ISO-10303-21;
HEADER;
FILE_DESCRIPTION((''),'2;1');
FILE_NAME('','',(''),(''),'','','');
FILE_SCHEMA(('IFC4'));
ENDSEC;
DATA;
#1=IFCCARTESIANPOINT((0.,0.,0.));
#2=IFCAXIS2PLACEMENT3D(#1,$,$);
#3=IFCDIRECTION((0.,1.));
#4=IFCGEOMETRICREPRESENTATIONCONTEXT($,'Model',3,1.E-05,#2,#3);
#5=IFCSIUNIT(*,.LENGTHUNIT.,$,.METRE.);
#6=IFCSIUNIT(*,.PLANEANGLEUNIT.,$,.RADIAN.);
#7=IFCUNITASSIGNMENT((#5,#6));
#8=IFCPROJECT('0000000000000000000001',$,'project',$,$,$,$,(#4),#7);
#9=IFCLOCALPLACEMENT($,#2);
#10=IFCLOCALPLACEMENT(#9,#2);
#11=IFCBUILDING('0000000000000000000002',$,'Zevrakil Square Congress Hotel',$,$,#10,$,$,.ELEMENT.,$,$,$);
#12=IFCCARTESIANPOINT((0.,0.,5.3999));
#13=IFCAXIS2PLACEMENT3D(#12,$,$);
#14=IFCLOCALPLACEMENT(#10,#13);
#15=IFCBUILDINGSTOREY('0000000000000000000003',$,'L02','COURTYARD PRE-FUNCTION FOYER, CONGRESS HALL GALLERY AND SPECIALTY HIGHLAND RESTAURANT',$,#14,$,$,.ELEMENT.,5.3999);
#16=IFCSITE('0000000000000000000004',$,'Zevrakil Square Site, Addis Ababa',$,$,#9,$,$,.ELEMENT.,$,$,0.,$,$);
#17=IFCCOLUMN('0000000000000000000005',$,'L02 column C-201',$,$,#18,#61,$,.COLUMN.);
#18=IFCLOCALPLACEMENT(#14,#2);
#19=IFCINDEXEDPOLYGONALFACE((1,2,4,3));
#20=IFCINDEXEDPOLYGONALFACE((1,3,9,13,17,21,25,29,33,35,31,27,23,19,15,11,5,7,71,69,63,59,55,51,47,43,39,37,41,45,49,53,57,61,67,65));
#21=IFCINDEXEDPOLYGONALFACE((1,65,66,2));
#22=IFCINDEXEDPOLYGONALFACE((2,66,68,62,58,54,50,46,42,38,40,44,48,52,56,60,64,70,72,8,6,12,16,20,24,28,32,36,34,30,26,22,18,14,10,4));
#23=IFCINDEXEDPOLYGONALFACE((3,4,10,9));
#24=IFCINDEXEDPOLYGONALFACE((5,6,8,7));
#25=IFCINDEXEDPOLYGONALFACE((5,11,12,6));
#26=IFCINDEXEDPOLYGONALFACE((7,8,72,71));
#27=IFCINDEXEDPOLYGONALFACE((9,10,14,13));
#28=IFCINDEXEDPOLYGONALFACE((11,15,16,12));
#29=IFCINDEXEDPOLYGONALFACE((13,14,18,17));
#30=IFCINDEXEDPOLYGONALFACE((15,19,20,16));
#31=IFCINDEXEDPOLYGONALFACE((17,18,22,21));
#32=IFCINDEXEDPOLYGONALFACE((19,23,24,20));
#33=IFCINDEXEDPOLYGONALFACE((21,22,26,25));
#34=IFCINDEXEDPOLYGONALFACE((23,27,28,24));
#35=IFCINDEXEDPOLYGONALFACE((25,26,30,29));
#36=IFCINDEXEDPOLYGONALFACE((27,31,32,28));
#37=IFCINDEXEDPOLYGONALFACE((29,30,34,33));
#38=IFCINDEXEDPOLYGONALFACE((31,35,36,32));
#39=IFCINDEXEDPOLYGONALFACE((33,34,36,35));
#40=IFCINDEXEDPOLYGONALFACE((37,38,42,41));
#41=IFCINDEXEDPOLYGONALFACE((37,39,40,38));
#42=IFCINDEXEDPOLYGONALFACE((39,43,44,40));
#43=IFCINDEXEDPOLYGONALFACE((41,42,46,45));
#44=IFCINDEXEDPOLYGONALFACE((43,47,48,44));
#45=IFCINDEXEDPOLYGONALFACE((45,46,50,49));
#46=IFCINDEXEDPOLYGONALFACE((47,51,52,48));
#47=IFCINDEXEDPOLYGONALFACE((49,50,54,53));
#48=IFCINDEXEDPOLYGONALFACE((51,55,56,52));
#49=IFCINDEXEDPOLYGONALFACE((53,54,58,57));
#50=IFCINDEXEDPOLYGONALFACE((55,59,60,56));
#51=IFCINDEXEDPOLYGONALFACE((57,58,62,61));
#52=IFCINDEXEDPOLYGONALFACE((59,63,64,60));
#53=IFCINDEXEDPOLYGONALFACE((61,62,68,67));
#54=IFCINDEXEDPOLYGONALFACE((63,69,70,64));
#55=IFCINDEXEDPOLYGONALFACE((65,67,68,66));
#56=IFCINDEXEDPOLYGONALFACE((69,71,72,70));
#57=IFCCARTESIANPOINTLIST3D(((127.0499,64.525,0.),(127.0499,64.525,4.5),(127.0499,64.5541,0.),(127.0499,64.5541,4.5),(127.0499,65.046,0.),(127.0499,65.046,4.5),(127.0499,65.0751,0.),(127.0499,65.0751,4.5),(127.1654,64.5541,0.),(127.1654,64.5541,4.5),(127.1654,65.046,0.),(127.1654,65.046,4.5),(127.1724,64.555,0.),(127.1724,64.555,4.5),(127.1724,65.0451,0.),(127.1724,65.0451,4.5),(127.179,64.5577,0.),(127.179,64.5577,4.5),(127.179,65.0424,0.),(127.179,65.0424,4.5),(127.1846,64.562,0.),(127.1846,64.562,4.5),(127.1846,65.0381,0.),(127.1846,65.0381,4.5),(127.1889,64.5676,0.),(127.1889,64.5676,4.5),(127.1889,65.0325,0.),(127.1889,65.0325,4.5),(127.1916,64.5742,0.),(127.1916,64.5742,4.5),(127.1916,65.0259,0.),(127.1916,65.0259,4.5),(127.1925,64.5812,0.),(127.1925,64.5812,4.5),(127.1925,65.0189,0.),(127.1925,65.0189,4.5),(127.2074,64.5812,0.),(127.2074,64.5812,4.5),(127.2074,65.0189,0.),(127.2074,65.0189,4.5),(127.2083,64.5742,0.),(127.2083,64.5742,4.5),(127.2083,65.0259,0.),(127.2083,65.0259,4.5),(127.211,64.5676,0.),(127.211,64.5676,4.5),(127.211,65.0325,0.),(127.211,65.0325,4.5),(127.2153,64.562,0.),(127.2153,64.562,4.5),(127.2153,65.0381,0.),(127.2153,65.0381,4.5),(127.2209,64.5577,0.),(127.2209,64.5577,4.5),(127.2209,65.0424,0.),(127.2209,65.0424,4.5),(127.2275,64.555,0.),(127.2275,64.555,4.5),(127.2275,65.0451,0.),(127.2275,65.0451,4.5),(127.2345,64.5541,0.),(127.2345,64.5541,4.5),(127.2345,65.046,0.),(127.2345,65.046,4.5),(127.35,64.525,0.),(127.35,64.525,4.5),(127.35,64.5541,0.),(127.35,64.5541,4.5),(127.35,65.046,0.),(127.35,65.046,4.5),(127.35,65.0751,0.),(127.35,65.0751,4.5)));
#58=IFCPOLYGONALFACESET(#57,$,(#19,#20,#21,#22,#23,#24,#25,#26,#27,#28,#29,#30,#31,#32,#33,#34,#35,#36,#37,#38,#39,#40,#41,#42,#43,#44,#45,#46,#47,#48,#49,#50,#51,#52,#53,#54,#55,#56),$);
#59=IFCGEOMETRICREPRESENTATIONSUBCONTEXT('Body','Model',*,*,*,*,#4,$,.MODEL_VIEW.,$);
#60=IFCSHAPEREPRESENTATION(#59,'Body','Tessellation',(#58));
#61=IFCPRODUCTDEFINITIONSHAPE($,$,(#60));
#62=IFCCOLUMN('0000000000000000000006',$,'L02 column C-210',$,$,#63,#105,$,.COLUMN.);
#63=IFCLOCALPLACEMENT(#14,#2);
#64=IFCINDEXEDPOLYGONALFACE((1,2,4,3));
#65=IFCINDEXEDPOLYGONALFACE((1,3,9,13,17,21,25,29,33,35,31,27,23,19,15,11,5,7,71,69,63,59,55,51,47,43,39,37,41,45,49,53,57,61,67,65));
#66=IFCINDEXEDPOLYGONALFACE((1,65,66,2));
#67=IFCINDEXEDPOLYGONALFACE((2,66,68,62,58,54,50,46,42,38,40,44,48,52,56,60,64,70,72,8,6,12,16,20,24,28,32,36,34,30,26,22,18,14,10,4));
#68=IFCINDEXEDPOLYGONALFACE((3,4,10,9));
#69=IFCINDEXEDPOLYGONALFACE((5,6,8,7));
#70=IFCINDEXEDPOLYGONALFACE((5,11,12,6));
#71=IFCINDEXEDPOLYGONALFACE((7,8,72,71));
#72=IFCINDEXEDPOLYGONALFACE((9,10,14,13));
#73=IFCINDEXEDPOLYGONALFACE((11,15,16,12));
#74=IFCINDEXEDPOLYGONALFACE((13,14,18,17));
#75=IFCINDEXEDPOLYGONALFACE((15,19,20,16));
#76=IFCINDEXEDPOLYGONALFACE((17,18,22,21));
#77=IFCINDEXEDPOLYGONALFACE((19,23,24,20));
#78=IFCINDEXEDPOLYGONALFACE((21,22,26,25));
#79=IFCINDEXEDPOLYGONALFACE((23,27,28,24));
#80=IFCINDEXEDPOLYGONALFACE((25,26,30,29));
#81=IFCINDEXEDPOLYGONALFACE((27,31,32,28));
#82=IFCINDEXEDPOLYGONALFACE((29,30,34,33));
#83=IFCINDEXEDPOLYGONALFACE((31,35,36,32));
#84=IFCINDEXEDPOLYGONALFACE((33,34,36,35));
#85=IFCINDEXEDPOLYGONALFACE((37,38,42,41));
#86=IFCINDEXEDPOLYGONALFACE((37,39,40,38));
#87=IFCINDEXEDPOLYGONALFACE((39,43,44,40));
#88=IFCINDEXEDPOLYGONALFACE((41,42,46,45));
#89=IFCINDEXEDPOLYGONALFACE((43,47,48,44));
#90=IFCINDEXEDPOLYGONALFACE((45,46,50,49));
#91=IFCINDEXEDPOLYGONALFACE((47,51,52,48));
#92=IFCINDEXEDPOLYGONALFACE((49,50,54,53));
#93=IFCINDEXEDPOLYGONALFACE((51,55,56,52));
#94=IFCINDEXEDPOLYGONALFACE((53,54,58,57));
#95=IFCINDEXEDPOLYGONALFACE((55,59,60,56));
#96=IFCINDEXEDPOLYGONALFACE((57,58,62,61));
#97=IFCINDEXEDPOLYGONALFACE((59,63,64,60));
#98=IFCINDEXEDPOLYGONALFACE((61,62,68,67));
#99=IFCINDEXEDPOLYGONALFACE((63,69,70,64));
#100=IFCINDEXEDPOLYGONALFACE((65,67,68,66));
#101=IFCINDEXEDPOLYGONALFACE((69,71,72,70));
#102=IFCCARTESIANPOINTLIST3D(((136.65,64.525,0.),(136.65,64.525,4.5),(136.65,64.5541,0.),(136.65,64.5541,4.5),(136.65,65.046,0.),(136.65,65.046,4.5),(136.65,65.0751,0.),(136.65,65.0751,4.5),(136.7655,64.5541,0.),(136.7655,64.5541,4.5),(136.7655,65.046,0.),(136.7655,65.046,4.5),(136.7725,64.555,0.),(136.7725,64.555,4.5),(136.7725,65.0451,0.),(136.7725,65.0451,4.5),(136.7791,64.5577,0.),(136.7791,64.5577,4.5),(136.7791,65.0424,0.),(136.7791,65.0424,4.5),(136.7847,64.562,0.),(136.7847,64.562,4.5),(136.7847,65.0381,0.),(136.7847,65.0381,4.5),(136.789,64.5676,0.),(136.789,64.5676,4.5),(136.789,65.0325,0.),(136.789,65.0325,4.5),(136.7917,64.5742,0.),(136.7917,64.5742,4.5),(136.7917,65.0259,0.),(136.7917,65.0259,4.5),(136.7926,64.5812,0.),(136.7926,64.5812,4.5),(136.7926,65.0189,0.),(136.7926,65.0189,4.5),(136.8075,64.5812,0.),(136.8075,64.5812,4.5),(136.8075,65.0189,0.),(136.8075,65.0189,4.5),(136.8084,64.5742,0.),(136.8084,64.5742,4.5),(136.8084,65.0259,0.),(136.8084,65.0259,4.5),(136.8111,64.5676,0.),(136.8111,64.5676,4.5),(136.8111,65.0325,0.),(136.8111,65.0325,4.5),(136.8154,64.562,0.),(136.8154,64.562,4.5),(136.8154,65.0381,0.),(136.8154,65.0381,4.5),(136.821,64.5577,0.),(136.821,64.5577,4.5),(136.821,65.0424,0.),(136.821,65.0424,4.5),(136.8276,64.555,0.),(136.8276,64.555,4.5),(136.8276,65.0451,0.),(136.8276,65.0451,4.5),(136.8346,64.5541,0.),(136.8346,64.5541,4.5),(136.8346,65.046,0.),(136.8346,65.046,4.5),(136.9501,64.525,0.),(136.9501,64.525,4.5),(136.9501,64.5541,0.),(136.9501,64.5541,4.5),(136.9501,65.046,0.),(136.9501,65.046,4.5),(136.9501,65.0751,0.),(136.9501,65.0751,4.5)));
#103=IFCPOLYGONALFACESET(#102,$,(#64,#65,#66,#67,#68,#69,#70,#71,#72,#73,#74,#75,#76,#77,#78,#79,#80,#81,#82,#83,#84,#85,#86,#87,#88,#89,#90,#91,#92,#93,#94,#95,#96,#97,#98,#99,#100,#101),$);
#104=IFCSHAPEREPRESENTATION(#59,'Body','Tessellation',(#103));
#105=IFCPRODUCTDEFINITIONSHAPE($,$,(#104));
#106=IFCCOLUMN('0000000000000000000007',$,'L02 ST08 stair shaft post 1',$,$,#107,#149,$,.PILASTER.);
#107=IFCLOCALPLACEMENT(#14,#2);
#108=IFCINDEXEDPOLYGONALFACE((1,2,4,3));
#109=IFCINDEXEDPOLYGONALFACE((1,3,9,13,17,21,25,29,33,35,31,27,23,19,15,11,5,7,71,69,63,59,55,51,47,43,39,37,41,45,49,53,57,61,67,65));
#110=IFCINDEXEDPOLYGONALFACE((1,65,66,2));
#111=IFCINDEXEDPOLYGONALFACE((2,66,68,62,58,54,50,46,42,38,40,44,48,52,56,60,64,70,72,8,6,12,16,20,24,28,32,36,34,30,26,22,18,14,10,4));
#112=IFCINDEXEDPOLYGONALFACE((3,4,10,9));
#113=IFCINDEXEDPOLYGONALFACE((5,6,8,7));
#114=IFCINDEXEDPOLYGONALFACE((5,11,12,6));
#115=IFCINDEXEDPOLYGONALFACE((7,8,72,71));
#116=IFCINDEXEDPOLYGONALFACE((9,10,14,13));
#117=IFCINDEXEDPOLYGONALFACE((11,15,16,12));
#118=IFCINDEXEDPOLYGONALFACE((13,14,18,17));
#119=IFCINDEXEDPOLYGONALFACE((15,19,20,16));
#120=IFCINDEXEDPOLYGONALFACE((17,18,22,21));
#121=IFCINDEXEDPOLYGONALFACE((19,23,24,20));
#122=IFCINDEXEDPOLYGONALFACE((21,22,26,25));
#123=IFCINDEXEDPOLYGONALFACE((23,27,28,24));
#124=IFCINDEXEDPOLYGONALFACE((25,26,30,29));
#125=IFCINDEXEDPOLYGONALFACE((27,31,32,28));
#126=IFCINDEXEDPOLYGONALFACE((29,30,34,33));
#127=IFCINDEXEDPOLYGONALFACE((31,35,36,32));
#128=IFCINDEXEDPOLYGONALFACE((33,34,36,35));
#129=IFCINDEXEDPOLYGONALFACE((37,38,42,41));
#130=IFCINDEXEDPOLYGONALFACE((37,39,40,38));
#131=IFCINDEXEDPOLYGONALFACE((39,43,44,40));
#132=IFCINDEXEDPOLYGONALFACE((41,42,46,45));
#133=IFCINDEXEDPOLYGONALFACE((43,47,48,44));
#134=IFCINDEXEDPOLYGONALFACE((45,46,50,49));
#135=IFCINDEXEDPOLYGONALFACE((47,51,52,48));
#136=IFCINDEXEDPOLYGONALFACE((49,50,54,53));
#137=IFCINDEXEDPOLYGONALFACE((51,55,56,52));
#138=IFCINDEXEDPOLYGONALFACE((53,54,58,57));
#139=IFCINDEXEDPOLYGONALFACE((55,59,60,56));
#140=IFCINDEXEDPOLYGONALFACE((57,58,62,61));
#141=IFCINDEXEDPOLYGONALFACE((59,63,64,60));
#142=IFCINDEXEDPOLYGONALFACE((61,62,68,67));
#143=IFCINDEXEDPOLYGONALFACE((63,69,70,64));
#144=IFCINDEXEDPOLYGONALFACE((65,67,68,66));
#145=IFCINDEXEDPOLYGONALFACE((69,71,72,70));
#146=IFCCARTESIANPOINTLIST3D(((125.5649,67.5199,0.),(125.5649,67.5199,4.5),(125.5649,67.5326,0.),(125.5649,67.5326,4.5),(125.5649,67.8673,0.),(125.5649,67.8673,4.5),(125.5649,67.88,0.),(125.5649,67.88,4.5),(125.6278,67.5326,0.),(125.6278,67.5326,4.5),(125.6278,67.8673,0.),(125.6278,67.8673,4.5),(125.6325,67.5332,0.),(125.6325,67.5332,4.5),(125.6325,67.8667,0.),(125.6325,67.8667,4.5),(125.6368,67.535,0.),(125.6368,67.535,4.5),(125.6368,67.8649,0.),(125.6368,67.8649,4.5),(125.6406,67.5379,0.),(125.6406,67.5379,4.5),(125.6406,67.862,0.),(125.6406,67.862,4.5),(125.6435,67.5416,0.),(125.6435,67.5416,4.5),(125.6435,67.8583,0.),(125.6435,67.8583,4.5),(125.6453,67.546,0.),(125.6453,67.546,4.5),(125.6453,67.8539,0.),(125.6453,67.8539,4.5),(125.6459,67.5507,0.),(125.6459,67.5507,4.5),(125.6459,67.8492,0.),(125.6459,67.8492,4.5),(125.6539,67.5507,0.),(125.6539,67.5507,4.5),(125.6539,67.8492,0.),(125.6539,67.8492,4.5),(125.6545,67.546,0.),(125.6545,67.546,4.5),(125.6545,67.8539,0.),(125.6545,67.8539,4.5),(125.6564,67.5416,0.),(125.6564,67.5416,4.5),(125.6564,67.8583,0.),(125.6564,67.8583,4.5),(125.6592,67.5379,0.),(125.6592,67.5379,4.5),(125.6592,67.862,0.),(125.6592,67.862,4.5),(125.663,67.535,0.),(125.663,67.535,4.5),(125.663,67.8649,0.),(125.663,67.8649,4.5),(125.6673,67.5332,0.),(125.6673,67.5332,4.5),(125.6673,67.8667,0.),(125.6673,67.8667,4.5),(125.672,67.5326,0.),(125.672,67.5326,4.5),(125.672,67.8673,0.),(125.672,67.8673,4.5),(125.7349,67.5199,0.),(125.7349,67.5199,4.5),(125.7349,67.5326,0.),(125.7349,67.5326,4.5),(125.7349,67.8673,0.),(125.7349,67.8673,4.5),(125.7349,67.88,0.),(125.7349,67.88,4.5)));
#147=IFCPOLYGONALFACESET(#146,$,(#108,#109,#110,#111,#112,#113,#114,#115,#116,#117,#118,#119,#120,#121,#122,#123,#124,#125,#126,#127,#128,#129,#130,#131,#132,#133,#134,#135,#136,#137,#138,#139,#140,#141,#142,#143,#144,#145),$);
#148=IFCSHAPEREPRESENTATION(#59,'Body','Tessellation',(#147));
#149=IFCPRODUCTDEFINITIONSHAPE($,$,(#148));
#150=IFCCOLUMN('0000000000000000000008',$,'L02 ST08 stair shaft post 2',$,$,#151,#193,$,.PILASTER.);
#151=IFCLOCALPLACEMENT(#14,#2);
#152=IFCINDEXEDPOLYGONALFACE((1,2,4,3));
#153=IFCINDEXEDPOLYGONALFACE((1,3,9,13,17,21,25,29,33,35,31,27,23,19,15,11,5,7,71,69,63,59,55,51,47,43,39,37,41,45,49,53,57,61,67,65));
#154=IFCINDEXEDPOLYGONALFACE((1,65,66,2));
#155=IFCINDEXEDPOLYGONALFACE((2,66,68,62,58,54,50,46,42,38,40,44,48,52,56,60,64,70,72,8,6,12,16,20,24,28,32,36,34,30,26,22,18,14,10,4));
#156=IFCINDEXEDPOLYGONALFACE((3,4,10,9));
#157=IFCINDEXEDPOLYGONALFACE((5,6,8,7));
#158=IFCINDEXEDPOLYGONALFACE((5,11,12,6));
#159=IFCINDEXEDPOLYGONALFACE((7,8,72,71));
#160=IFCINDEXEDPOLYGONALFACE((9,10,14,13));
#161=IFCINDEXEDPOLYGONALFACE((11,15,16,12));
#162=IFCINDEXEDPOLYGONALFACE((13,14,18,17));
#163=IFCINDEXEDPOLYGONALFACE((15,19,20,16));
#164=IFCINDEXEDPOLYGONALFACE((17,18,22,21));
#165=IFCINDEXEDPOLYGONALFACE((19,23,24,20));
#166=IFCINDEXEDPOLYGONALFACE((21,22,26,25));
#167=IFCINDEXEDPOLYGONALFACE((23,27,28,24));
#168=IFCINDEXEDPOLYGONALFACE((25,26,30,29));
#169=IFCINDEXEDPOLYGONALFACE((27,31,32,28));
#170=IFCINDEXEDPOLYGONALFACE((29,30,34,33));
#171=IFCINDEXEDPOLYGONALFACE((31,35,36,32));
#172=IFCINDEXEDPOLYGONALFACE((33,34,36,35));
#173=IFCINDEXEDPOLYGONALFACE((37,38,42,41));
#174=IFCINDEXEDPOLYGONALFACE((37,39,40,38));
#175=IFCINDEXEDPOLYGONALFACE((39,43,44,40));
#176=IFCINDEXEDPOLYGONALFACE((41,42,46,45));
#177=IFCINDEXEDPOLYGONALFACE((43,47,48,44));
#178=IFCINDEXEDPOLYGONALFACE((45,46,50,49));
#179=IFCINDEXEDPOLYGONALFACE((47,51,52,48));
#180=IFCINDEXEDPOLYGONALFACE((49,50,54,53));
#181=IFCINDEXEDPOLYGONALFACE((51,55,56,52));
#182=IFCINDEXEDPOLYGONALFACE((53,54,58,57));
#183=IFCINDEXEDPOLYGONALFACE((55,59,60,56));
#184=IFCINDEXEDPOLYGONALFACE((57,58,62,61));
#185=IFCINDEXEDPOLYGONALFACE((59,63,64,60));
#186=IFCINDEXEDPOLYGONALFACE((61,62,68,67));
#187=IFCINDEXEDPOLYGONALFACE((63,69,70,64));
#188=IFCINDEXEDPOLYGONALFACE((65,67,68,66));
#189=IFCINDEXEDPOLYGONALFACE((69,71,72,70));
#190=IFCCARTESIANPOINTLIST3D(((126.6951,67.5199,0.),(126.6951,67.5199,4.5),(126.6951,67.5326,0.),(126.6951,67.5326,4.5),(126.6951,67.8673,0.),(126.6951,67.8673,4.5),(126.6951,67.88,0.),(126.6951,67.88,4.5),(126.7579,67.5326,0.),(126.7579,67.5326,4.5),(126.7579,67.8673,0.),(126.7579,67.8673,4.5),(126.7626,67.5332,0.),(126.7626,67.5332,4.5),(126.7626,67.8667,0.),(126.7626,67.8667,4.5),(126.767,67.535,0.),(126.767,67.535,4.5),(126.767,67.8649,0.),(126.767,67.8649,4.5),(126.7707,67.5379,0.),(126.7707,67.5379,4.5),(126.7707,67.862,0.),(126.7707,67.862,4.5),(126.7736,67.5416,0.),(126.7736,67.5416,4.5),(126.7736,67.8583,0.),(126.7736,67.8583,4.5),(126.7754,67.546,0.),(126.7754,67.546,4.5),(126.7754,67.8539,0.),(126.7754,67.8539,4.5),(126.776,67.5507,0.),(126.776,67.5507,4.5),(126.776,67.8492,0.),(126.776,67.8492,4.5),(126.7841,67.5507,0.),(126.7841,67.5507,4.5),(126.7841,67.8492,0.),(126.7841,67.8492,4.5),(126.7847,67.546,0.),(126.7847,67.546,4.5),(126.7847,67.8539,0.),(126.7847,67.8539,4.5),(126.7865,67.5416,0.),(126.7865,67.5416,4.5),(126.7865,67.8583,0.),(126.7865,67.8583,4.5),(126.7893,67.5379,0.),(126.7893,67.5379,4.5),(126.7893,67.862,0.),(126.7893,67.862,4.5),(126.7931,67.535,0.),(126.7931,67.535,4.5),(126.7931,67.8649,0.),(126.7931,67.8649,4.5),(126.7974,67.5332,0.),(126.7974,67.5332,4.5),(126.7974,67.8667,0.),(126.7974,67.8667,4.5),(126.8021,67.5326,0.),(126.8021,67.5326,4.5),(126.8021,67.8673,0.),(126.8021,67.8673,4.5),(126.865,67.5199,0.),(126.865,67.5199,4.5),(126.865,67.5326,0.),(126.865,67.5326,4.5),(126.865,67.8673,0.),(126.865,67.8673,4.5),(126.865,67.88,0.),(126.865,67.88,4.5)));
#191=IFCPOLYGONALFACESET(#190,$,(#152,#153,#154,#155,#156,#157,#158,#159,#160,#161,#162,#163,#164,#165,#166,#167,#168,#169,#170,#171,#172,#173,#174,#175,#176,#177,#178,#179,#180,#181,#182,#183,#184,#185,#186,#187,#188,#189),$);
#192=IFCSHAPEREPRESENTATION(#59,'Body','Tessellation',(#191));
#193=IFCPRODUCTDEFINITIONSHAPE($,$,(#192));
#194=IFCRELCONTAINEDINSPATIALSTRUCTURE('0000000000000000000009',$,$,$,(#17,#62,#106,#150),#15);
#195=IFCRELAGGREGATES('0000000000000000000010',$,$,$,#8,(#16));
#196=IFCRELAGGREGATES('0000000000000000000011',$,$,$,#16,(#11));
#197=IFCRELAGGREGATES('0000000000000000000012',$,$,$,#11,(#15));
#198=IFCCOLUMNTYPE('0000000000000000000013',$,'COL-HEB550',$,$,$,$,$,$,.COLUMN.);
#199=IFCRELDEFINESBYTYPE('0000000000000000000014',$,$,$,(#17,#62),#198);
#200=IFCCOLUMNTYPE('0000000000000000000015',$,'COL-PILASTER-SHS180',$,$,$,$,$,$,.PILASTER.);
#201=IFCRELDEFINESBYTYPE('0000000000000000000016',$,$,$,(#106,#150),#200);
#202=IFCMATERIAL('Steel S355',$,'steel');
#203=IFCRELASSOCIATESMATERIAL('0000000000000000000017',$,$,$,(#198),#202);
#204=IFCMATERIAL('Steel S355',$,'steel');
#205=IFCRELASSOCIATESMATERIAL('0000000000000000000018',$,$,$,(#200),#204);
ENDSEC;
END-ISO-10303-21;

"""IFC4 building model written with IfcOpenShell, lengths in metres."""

from ifc_helpers import new_model, si_unit, direction, frame, origin, origin_2d, place, context, subcontext, project, spatial, i_section, extrude, material, material_profile, profile_set, type_object, element, save


model = new_model("IFC4")

# Units and contexts
model_context = context("Model", 3, precision=1e-05, world=origin(), true_north=direction((0.0, 1.0)))
body_context = subcontext(model_context, "Body", "Model", "MODEL_VIEW")
ifc_project = project(units=[si_unit("LENGTHUNIT", "METRE"), si_unit("PLANEANGLEUNIT", "RADIAN")], contexts=[model_context])

# Site, building, storey
site_placement = place(None, origin())
site = spatial("IfcSite", under=ifc_project, at=site_placement, Name="Zevrakil Square Site, Addis Ababa", CompositionType="ELEMENT", RefElevation=0.0)
building_placement = place(site_placement, origin())
building = spatial("IfcBuilding", under=site, at=building_placement, Name="Zevrakil Square Congress Hotel", CompositionType="ELEMENT")
storey_placement = place(building_placement, frame((0.0, 0.0, 5.3999)))
storey = spatial("IfcBuildingStorey", under=building, at=storey_placement, Name="L02", Description="COURTYARD PRE-FUNCTION FOYER, CONGRESS HALL GALLERY AND SPECIALTY HIGHLAND RESTAURANT", CompositionType="ELEMENT", Elevation=5.3999)

# Columns
ifc_material_1 = material(Name="Steel S355", Category="steel")
ifc_material_profile_1 = material_profile(ifc_material_1, i_section(OverallWidth=0.3, OverallDepth=0.55, WebThickness=0.0149, FlangeThickness=0.0291, FilletRadius=0.0271, at=origin_2d()), Name="HEB 550")
ifc_profile_set_1 = profile_set([ifc_material_profile_1], Name="Steel S355")
column_type_1 = type_object("IfcColumnType", Name="COL-HEB550", PredefinedType="COLUMN", material=ifc_profile_set_1)
for number, where, z_axis, x_axis, name in (
    (1, (127.2, 64.8, 0.0), (0.0, 0.0, 1.0), (1.0, 0.0, 0.0), "L02 column C-201"),
    (2, (136.8, 64.8, 0.0), (0.0, 0.0, 1.0), (1.0, 0.0, 0.0), "L02 column C-210"),
):
    element("IfcColumn", number, at=place(storey_placement, frame(where, z_axis=z_axis, x_axis=x_axis)), inside=storey, type_object=column_type_1, Name=name, PredefinedType="COLUMN", context=body_context, shape_type="SweptSolid", body=[
        extrude(i_section(OverallWidth=0.3, OverallDepth=0.55, WebThickness=0.0149, FlangeThickness=0.0291, FilletRadius=0.0271, at=origin_2d()), origin(), (0.0, 0.0, 1.0), 4.5),
    ])
ifc_material_2 = material(Name="Steel S355", Category="steel")
ifc_material_profile_2 = material_profile(ifc_material_2, i_section(OverallWidth=0.1699, OverallDepth=0.3601, WebThickness=0.0081, FlangeThickness=0.0127, FilletRadius=0.0181, at=origin_2d()), Name="IPE 360")
ifc_profile_set_2 = profile_set([ifc_material_profile_2], Name="Steel S355")
column_type_2 = type_object("IfcColumnType", Name="COL-PILASTER-SHS180", PredefinedType="PILASTER", material=ifc_profile_set_2)
for number, where, z_axis, x_axis, name in (
    (3, (125.6499, 67.7, 0.0), (0.0, 0.0, 1.0), (1.0, 0.0, 0.0), "L02 ST08 stair shaft post 1"),
    (4, (126.78, 67.7, 0.0), (0.0, 0.0, 1.0), (1.0, 0.0, 0.0), "L02 ST08 stair shaft post 2"),
):
    element("IfcColumn", number, at=place(storey_placement, frame(where, z_axis=z_axis, x_axis=x_axis)), inside=storey, type_object=column_type_2, Name=name, PredefinedType="PILASTER", context=body_context, shape_type="SweptSolid", body=[
        extrude(i_section(OverallWidth=0.1699, OverallDepth=0.3601, WebThickness=0.0081, FlangeThickness=0.0127, FilletRadius=0.0181, at=origin_2d()), origin(), (0.0, 0.0, 1.0), 4.5),
    ])

save(model, "model.ifc")
